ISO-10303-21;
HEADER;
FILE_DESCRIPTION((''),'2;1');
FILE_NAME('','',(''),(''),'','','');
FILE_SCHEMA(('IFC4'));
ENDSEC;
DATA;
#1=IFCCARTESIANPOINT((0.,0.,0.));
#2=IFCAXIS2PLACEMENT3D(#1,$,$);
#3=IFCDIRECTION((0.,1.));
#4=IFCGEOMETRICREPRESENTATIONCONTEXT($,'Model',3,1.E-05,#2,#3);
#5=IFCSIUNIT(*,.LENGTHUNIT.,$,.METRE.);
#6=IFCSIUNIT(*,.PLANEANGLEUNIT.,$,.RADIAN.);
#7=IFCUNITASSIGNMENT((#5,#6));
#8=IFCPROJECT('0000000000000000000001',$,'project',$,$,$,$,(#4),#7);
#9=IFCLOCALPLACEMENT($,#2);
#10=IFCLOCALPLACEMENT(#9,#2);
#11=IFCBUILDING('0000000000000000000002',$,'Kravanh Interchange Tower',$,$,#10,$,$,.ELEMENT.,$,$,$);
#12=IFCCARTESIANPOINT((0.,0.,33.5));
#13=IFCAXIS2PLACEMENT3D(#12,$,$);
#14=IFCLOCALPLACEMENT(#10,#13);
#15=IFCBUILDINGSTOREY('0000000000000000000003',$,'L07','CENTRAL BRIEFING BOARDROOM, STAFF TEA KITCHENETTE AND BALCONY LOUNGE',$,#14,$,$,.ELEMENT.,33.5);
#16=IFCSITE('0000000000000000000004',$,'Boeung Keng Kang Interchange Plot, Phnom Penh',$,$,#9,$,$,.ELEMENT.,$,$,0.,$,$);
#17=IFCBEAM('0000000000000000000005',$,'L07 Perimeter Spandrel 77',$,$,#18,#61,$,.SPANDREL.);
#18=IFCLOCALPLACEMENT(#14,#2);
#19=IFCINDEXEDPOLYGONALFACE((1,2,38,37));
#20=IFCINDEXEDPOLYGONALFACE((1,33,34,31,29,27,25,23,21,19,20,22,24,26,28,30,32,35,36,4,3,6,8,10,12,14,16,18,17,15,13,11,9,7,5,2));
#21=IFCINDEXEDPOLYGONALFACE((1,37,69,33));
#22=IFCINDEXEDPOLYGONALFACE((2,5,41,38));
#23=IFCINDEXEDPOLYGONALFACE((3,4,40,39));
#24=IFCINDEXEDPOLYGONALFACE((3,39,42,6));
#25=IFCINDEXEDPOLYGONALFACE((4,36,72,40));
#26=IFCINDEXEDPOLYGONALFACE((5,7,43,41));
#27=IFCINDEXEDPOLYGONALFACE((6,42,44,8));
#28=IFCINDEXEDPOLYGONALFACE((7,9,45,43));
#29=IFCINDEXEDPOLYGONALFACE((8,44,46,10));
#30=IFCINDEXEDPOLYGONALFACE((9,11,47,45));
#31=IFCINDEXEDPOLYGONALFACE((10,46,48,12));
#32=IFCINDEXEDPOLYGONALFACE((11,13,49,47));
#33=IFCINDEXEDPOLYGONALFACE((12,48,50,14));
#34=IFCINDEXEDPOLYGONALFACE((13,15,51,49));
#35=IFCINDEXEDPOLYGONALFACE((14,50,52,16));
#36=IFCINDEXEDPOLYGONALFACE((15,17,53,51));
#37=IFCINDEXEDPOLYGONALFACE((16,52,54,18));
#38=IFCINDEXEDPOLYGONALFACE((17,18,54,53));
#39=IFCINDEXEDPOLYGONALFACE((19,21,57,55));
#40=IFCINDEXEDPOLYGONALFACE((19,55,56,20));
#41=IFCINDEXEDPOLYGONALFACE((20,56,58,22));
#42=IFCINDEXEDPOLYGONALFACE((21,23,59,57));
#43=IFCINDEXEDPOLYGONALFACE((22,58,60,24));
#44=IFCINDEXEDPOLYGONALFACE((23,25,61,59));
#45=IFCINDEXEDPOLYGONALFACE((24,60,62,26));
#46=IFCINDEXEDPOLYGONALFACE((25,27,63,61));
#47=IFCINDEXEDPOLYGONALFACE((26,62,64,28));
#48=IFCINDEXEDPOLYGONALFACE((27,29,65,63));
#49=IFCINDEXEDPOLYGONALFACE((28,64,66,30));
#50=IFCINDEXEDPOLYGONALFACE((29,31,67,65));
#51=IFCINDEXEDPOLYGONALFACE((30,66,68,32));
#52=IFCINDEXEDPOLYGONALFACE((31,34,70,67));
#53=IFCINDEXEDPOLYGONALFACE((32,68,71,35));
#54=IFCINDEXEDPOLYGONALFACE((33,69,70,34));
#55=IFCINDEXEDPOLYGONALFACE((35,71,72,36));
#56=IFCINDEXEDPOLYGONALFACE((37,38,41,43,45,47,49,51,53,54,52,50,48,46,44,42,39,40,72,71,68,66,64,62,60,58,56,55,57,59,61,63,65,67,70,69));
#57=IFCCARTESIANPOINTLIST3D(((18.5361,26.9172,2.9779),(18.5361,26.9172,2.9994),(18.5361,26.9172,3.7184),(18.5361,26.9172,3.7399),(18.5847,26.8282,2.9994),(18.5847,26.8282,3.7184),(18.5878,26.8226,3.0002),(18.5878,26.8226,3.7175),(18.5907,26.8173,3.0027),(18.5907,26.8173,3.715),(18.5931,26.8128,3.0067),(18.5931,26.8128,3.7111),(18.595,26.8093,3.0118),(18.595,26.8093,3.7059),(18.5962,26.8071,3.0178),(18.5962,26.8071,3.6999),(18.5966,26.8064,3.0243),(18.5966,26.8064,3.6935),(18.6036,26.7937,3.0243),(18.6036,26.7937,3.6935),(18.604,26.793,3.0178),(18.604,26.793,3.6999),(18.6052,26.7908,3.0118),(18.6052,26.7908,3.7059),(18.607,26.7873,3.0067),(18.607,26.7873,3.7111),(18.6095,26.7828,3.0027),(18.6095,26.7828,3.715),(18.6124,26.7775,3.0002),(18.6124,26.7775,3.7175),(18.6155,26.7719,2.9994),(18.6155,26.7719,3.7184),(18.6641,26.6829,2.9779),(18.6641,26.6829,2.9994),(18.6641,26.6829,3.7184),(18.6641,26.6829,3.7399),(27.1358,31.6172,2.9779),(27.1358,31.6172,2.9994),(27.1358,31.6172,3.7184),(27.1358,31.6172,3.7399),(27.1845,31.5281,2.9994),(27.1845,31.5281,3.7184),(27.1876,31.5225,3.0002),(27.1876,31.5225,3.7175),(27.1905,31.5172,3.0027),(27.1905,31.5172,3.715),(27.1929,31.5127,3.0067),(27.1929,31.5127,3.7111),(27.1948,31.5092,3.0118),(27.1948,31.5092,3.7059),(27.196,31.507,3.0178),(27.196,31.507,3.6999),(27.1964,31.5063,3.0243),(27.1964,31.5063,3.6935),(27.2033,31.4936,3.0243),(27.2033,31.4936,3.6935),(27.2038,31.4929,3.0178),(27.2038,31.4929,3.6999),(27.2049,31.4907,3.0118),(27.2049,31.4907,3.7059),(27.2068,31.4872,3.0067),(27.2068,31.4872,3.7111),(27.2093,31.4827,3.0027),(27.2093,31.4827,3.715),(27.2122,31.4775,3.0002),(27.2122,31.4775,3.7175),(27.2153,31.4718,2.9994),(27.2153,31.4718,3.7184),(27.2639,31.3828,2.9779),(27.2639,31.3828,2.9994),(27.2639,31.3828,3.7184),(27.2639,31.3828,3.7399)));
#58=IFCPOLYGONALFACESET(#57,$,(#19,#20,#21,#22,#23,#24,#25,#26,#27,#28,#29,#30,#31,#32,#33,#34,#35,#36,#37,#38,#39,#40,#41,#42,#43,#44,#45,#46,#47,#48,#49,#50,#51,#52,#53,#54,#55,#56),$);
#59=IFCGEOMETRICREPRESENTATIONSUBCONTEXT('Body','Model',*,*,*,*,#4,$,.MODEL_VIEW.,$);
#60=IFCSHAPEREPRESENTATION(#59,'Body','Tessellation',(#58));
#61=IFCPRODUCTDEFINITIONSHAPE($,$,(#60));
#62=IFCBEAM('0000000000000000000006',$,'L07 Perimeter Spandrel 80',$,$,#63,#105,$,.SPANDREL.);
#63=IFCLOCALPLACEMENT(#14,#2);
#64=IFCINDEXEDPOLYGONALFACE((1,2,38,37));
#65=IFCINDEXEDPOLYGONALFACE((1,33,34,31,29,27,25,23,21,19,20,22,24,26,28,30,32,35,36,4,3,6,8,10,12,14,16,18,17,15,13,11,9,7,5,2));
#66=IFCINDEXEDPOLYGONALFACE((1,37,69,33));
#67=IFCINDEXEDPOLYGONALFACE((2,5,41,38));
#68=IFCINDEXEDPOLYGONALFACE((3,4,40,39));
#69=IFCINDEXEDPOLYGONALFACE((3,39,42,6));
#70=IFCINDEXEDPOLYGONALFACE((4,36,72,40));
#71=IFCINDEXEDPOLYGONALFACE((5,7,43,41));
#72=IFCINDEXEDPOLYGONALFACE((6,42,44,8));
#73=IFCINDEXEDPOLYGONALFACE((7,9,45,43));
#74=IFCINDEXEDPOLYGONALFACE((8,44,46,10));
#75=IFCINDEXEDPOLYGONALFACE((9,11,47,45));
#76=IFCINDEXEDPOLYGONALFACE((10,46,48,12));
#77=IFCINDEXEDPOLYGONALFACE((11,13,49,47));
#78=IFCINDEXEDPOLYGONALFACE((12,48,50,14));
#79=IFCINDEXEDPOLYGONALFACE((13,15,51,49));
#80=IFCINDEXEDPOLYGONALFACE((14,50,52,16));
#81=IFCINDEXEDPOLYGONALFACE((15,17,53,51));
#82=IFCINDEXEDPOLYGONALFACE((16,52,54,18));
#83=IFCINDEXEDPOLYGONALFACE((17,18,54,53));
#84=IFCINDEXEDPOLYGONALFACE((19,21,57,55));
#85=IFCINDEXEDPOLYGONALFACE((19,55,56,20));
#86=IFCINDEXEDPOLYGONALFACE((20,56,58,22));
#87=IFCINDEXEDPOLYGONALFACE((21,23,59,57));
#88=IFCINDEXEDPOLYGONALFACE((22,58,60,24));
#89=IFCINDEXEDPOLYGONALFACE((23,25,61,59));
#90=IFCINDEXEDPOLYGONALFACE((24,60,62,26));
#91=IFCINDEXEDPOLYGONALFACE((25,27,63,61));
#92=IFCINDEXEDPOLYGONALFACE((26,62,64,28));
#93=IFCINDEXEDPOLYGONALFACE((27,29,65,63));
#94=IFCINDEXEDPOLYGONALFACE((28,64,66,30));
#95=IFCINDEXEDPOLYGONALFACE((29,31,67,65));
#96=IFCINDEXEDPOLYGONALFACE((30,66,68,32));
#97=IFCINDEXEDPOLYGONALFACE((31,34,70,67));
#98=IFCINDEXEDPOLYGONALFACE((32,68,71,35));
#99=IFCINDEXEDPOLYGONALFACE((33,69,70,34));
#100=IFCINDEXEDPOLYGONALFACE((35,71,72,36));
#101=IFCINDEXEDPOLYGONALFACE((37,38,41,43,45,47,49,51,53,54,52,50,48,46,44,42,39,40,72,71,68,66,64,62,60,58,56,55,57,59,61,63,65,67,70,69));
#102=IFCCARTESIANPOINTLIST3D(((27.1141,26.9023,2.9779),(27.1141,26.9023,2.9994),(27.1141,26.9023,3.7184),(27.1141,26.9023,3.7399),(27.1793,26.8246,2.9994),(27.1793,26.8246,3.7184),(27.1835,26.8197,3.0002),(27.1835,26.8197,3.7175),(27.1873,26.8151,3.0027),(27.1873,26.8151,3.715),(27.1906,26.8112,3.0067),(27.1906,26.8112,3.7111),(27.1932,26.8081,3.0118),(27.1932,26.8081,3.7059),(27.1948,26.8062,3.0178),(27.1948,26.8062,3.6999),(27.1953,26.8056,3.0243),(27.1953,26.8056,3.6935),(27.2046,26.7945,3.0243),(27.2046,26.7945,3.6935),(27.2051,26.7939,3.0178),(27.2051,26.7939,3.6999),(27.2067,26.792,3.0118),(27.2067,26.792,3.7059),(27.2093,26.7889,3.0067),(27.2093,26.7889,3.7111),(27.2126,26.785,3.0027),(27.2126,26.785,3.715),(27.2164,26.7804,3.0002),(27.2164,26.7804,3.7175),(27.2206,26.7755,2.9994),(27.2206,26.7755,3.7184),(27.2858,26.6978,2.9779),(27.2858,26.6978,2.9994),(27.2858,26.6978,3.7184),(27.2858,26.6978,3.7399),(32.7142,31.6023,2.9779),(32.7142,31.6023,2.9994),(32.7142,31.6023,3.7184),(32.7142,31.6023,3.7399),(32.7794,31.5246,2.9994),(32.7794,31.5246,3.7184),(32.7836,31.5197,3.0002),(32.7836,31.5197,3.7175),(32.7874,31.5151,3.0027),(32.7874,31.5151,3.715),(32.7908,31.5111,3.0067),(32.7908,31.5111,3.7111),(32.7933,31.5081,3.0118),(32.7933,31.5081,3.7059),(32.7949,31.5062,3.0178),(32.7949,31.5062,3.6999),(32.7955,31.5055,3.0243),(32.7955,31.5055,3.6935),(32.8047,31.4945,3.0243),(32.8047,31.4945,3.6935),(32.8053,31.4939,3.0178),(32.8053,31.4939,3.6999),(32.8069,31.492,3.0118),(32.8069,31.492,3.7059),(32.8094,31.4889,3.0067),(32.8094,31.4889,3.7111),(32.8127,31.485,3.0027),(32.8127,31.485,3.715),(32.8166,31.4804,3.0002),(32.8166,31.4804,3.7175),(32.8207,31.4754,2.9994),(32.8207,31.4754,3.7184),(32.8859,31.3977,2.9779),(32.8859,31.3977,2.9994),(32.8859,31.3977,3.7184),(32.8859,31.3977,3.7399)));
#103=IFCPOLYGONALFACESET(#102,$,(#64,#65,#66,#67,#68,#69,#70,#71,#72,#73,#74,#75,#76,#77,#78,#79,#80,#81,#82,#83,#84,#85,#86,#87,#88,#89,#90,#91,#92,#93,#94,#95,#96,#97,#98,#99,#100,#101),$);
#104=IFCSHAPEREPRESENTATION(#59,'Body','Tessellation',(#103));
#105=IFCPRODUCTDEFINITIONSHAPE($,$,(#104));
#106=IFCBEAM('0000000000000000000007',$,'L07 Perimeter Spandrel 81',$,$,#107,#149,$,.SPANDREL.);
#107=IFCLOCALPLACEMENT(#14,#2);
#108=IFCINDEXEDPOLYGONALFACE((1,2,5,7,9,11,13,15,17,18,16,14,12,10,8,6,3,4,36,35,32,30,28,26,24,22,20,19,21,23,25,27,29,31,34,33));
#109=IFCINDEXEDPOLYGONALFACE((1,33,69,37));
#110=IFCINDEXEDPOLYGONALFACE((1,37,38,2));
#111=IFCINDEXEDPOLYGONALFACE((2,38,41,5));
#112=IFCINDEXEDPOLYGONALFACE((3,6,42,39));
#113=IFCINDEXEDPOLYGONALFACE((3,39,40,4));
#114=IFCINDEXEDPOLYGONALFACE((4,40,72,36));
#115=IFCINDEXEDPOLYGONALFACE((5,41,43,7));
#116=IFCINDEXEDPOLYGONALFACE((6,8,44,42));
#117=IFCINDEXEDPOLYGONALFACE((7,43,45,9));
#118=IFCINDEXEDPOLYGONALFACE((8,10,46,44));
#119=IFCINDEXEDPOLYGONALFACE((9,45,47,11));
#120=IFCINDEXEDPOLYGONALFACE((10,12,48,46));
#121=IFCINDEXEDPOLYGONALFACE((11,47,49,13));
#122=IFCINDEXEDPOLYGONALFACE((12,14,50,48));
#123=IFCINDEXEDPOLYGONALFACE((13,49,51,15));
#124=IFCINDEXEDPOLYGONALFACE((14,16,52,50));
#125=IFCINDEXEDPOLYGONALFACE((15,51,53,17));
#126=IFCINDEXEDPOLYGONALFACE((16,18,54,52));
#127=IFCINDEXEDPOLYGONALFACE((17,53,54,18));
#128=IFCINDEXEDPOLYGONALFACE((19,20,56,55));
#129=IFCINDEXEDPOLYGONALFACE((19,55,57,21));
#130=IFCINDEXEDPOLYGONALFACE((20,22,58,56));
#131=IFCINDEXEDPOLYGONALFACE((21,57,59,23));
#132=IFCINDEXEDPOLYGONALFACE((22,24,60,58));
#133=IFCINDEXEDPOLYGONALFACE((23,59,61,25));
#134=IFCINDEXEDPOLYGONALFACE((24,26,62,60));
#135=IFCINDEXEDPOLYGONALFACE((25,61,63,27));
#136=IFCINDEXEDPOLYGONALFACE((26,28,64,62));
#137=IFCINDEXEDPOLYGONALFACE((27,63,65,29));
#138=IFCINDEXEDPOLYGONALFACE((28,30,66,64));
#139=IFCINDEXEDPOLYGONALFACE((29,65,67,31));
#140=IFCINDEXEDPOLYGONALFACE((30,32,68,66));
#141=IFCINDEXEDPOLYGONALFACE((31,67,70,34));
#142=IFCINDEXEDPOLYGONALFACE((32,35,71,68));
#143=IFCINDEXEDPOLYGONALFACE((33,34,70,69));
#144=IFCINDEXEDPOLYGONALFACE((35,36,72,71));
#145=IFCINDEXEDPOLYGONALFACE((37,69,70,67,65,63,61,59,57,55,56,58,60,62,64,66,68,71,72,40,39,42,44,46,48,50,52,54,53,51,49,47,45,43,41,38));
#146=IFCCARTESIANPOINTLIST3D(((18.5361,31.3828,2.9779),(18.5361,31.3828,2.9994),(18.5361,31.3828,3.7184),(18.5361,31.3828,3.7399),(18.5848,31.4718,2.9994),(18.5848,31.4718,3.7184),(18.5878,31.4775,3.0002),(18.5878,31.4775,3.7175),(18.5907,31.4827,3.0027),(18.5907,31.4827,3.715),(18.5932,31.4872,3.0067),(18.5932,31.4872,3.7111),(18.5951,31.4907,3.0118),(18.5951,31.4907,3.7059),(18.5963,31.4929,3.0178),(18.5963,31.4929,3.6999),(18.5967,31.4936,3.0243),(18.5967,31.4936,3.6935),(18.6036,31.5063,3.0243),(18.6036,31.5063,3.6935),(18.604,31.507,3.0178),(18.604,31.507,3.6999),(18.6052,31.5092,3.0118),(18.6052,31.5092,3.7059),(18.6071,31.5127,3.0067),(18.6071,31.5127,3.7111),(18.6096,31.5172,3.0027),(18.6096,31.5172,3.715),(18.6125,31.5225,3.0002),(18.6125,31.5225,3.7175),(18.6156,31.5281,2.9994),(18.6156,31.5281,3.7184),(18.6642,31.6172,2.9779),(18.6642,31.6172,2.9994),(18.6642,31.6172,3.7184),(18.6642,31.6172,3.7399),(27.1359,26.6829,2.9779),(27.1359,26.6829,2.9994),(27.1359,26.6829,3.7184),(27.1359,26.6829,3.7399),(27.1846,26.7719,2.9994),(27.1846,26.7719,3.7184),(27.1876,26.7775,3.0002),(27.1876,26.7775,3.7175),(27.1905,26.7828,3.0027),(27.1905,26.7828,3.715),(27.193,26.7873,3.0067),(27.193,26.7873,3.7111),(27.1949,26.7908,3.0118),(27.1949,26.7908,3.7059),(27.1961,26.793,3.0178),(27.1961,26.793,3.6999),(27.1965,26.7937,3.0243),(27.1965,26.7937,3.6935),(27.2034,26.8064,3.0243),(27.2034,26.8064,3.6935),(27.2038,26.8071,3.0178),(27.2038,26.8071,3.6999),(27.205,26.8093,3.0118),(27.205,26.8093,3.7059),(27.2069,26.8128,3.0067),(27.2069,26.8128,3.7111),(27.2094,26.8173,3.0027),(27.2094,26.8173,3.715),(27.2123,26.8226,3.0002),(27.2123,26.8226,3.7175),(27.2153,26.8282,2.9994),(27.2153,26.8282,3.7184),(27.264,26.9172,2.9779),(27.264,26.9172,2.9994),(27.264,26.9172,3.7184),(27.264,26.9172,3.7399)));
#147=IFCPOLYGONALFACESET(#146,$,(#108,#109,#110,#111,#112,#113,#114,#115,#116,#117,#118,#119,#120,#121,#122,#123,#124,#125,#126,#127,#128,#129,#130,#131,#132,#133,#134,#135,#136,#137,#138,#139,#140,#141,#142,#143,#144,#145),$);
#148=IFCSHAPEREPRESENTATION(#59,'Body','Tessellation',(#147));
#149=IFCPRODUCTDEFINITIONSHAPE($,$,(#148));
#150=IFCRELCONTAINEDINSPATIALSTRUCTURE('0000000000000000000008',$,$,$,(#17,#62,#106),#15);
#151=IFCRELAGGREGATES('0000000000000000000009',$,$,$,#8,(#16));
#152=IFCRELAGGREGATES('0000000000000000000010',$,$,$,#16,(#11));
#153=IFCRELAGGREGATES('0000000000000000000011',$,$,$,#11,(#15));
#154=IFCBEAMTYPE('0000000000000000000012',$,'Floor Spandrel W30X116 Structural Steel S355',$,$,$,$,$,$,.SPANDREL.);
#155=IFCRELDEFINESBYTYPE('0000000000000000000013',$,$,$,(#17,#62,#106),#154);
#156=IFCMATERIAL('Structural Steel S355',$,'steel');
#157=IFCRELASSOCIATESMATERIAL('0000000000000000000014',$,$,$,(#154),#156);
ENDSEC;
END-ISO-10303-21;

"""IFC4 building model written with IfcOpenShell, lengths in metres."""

from ifc_helpers import new_model, si_unit, direction, frame, origin, origin_2d, place, context, subcontext, project, spatial, i_section, extrude, material, material_profile, profile_set, type_object, element, save


model = new_model("IFC4")

# Units and contexts
model_context = context("Model", 3, precision=1e-05, world=origin(), true_north=direction((0.0, 1.0)))
body_context = subcontext(model_context, "Body", "Model", "MODEL_VIEW")
ifc_project = project(units=[si_unit("LENGTHUNIT", "METRE"), si_unit("PLANEANGLEUNIT", "RADIAN")], contexts=[model_context])

# Site, building, storey
site_placement = place(None, origin())
site = spatial("IfcSite", under=ifc_project, at=site_placement, Name="Boeung Keng Kang Interchange Plot, Phnom Penh", CompositionType="ELEMENT", RefElevation=0.0)
building_placement = place(site_placement, origin())
building = spatial("IfcBuilding", under=site, at=building_placement, Name="Kravanh Interchange Tower", CompositionType="ELEMENT")
storey_placement = place(building_placement, frame((0.0, 0.0, 33.5)))
storey = spatial("IfcBuildingStorey", under=building, at=storey_placement, Name="L07", Description="CENTRAL BRIEFING BOARDROOM, STAFF TEA KITCHENETTE AND BALCONY LOUNGE", CompositionType="ELEMENT", Elevation=33.5)

# Beams
ifc_material_1 = material(Name="Structural Steel S355", Category="steel")
ifc_material_profile_1 = material_profile(ifc_material_1, i_section(OverallWidth=0.2671, OverallDepth=0.762, WebThickness=0.0144, FlangeThickness=0.0215, FilletRadius=0.0249, at=origin_2d()), Name="W30X116")
ifc_profile_set_1 = profile_set([ifc_material_profile_1], Name="Structural Steel S355")
beam_type_1 = type_object("IfcBeamType", Name="Floor Spandrel W30X116 Structural Steel S355", PredefinedType="SPANDREL", material=ifc_profile_set_1)
beam_1_placement = place(storey_placement, frame((18.6001, 26.8, 3.3589), z_axis=(0.877504, 0.479569, 0.0), x_axis=(-0.479569, 0.877504, 0.0)))
element("IfcBeam", 1, at=beam_1_placement, inside=storey, type_object=beam_type_1, Name="L07 Perimeter Spandrel 77", PredefinedType="SPANDREL", context=body_context, shape_type="SweptSolid", body=[
    extrude(i_section(OverallWidth=0.2671, OverallDepth=0.762, WebThickness=0.0144, FlangeThickness=0.0215, FilletRadius=0.0249, at=origin_2d()), origin(), (0.0, 0.0, 1.0), 9.8003),
])
beam_2_placement = place(storey_placement, frame((27.2, 26.8, 3.3589), z_axis=(0.765983, 0.642861, 0.0), x_axis=(-0.642861, 0.765983, 0.0)))
element("IfcBeam", 2, at=beam_2_placement, inside=storey, type_object=beam_type_1, Name="L07 Perimeter Spandrel 80", PredefinedType="SPANDREL", context=body_context, shape_type="SweptSolid", body=[
    extrude(i_section(OverallWidth=0.2671, OverallDepth=0.762, WebThickness=0.0144, FlangeThickness=0.0215, FilletRadius=0.0249, at=origin_2d()), origin(), (0.0, 0.0, 1.0), 7.311),
])
beam_3_placement = place(storey_placement, frame((27.2, 26.8, 3.3589), z_axis=(-0.877504, 0.479569, 0.0), x_axis=(-0.479569, -0.877504, 0.0)))
element("IfcBeam", 3, at=beam_3_placement, inside=storey, type_object=beam_type_1, Name="L07 Perimeter Spandrel 81", PredefinedType="SPANDREL", context=body_context, shape_type="SweptSolid", body=[
    extrude(i_section(OverallWidth=0.2671, OverallDepth=0.762, WebThickness=0.0144, FlangeThickness=0.0215, FilletRadius=0.0249, at=origin_2d()), origin(), (0.0, 0.0, 1.0), 9.8003),
])

save(model, "model.ifc")
